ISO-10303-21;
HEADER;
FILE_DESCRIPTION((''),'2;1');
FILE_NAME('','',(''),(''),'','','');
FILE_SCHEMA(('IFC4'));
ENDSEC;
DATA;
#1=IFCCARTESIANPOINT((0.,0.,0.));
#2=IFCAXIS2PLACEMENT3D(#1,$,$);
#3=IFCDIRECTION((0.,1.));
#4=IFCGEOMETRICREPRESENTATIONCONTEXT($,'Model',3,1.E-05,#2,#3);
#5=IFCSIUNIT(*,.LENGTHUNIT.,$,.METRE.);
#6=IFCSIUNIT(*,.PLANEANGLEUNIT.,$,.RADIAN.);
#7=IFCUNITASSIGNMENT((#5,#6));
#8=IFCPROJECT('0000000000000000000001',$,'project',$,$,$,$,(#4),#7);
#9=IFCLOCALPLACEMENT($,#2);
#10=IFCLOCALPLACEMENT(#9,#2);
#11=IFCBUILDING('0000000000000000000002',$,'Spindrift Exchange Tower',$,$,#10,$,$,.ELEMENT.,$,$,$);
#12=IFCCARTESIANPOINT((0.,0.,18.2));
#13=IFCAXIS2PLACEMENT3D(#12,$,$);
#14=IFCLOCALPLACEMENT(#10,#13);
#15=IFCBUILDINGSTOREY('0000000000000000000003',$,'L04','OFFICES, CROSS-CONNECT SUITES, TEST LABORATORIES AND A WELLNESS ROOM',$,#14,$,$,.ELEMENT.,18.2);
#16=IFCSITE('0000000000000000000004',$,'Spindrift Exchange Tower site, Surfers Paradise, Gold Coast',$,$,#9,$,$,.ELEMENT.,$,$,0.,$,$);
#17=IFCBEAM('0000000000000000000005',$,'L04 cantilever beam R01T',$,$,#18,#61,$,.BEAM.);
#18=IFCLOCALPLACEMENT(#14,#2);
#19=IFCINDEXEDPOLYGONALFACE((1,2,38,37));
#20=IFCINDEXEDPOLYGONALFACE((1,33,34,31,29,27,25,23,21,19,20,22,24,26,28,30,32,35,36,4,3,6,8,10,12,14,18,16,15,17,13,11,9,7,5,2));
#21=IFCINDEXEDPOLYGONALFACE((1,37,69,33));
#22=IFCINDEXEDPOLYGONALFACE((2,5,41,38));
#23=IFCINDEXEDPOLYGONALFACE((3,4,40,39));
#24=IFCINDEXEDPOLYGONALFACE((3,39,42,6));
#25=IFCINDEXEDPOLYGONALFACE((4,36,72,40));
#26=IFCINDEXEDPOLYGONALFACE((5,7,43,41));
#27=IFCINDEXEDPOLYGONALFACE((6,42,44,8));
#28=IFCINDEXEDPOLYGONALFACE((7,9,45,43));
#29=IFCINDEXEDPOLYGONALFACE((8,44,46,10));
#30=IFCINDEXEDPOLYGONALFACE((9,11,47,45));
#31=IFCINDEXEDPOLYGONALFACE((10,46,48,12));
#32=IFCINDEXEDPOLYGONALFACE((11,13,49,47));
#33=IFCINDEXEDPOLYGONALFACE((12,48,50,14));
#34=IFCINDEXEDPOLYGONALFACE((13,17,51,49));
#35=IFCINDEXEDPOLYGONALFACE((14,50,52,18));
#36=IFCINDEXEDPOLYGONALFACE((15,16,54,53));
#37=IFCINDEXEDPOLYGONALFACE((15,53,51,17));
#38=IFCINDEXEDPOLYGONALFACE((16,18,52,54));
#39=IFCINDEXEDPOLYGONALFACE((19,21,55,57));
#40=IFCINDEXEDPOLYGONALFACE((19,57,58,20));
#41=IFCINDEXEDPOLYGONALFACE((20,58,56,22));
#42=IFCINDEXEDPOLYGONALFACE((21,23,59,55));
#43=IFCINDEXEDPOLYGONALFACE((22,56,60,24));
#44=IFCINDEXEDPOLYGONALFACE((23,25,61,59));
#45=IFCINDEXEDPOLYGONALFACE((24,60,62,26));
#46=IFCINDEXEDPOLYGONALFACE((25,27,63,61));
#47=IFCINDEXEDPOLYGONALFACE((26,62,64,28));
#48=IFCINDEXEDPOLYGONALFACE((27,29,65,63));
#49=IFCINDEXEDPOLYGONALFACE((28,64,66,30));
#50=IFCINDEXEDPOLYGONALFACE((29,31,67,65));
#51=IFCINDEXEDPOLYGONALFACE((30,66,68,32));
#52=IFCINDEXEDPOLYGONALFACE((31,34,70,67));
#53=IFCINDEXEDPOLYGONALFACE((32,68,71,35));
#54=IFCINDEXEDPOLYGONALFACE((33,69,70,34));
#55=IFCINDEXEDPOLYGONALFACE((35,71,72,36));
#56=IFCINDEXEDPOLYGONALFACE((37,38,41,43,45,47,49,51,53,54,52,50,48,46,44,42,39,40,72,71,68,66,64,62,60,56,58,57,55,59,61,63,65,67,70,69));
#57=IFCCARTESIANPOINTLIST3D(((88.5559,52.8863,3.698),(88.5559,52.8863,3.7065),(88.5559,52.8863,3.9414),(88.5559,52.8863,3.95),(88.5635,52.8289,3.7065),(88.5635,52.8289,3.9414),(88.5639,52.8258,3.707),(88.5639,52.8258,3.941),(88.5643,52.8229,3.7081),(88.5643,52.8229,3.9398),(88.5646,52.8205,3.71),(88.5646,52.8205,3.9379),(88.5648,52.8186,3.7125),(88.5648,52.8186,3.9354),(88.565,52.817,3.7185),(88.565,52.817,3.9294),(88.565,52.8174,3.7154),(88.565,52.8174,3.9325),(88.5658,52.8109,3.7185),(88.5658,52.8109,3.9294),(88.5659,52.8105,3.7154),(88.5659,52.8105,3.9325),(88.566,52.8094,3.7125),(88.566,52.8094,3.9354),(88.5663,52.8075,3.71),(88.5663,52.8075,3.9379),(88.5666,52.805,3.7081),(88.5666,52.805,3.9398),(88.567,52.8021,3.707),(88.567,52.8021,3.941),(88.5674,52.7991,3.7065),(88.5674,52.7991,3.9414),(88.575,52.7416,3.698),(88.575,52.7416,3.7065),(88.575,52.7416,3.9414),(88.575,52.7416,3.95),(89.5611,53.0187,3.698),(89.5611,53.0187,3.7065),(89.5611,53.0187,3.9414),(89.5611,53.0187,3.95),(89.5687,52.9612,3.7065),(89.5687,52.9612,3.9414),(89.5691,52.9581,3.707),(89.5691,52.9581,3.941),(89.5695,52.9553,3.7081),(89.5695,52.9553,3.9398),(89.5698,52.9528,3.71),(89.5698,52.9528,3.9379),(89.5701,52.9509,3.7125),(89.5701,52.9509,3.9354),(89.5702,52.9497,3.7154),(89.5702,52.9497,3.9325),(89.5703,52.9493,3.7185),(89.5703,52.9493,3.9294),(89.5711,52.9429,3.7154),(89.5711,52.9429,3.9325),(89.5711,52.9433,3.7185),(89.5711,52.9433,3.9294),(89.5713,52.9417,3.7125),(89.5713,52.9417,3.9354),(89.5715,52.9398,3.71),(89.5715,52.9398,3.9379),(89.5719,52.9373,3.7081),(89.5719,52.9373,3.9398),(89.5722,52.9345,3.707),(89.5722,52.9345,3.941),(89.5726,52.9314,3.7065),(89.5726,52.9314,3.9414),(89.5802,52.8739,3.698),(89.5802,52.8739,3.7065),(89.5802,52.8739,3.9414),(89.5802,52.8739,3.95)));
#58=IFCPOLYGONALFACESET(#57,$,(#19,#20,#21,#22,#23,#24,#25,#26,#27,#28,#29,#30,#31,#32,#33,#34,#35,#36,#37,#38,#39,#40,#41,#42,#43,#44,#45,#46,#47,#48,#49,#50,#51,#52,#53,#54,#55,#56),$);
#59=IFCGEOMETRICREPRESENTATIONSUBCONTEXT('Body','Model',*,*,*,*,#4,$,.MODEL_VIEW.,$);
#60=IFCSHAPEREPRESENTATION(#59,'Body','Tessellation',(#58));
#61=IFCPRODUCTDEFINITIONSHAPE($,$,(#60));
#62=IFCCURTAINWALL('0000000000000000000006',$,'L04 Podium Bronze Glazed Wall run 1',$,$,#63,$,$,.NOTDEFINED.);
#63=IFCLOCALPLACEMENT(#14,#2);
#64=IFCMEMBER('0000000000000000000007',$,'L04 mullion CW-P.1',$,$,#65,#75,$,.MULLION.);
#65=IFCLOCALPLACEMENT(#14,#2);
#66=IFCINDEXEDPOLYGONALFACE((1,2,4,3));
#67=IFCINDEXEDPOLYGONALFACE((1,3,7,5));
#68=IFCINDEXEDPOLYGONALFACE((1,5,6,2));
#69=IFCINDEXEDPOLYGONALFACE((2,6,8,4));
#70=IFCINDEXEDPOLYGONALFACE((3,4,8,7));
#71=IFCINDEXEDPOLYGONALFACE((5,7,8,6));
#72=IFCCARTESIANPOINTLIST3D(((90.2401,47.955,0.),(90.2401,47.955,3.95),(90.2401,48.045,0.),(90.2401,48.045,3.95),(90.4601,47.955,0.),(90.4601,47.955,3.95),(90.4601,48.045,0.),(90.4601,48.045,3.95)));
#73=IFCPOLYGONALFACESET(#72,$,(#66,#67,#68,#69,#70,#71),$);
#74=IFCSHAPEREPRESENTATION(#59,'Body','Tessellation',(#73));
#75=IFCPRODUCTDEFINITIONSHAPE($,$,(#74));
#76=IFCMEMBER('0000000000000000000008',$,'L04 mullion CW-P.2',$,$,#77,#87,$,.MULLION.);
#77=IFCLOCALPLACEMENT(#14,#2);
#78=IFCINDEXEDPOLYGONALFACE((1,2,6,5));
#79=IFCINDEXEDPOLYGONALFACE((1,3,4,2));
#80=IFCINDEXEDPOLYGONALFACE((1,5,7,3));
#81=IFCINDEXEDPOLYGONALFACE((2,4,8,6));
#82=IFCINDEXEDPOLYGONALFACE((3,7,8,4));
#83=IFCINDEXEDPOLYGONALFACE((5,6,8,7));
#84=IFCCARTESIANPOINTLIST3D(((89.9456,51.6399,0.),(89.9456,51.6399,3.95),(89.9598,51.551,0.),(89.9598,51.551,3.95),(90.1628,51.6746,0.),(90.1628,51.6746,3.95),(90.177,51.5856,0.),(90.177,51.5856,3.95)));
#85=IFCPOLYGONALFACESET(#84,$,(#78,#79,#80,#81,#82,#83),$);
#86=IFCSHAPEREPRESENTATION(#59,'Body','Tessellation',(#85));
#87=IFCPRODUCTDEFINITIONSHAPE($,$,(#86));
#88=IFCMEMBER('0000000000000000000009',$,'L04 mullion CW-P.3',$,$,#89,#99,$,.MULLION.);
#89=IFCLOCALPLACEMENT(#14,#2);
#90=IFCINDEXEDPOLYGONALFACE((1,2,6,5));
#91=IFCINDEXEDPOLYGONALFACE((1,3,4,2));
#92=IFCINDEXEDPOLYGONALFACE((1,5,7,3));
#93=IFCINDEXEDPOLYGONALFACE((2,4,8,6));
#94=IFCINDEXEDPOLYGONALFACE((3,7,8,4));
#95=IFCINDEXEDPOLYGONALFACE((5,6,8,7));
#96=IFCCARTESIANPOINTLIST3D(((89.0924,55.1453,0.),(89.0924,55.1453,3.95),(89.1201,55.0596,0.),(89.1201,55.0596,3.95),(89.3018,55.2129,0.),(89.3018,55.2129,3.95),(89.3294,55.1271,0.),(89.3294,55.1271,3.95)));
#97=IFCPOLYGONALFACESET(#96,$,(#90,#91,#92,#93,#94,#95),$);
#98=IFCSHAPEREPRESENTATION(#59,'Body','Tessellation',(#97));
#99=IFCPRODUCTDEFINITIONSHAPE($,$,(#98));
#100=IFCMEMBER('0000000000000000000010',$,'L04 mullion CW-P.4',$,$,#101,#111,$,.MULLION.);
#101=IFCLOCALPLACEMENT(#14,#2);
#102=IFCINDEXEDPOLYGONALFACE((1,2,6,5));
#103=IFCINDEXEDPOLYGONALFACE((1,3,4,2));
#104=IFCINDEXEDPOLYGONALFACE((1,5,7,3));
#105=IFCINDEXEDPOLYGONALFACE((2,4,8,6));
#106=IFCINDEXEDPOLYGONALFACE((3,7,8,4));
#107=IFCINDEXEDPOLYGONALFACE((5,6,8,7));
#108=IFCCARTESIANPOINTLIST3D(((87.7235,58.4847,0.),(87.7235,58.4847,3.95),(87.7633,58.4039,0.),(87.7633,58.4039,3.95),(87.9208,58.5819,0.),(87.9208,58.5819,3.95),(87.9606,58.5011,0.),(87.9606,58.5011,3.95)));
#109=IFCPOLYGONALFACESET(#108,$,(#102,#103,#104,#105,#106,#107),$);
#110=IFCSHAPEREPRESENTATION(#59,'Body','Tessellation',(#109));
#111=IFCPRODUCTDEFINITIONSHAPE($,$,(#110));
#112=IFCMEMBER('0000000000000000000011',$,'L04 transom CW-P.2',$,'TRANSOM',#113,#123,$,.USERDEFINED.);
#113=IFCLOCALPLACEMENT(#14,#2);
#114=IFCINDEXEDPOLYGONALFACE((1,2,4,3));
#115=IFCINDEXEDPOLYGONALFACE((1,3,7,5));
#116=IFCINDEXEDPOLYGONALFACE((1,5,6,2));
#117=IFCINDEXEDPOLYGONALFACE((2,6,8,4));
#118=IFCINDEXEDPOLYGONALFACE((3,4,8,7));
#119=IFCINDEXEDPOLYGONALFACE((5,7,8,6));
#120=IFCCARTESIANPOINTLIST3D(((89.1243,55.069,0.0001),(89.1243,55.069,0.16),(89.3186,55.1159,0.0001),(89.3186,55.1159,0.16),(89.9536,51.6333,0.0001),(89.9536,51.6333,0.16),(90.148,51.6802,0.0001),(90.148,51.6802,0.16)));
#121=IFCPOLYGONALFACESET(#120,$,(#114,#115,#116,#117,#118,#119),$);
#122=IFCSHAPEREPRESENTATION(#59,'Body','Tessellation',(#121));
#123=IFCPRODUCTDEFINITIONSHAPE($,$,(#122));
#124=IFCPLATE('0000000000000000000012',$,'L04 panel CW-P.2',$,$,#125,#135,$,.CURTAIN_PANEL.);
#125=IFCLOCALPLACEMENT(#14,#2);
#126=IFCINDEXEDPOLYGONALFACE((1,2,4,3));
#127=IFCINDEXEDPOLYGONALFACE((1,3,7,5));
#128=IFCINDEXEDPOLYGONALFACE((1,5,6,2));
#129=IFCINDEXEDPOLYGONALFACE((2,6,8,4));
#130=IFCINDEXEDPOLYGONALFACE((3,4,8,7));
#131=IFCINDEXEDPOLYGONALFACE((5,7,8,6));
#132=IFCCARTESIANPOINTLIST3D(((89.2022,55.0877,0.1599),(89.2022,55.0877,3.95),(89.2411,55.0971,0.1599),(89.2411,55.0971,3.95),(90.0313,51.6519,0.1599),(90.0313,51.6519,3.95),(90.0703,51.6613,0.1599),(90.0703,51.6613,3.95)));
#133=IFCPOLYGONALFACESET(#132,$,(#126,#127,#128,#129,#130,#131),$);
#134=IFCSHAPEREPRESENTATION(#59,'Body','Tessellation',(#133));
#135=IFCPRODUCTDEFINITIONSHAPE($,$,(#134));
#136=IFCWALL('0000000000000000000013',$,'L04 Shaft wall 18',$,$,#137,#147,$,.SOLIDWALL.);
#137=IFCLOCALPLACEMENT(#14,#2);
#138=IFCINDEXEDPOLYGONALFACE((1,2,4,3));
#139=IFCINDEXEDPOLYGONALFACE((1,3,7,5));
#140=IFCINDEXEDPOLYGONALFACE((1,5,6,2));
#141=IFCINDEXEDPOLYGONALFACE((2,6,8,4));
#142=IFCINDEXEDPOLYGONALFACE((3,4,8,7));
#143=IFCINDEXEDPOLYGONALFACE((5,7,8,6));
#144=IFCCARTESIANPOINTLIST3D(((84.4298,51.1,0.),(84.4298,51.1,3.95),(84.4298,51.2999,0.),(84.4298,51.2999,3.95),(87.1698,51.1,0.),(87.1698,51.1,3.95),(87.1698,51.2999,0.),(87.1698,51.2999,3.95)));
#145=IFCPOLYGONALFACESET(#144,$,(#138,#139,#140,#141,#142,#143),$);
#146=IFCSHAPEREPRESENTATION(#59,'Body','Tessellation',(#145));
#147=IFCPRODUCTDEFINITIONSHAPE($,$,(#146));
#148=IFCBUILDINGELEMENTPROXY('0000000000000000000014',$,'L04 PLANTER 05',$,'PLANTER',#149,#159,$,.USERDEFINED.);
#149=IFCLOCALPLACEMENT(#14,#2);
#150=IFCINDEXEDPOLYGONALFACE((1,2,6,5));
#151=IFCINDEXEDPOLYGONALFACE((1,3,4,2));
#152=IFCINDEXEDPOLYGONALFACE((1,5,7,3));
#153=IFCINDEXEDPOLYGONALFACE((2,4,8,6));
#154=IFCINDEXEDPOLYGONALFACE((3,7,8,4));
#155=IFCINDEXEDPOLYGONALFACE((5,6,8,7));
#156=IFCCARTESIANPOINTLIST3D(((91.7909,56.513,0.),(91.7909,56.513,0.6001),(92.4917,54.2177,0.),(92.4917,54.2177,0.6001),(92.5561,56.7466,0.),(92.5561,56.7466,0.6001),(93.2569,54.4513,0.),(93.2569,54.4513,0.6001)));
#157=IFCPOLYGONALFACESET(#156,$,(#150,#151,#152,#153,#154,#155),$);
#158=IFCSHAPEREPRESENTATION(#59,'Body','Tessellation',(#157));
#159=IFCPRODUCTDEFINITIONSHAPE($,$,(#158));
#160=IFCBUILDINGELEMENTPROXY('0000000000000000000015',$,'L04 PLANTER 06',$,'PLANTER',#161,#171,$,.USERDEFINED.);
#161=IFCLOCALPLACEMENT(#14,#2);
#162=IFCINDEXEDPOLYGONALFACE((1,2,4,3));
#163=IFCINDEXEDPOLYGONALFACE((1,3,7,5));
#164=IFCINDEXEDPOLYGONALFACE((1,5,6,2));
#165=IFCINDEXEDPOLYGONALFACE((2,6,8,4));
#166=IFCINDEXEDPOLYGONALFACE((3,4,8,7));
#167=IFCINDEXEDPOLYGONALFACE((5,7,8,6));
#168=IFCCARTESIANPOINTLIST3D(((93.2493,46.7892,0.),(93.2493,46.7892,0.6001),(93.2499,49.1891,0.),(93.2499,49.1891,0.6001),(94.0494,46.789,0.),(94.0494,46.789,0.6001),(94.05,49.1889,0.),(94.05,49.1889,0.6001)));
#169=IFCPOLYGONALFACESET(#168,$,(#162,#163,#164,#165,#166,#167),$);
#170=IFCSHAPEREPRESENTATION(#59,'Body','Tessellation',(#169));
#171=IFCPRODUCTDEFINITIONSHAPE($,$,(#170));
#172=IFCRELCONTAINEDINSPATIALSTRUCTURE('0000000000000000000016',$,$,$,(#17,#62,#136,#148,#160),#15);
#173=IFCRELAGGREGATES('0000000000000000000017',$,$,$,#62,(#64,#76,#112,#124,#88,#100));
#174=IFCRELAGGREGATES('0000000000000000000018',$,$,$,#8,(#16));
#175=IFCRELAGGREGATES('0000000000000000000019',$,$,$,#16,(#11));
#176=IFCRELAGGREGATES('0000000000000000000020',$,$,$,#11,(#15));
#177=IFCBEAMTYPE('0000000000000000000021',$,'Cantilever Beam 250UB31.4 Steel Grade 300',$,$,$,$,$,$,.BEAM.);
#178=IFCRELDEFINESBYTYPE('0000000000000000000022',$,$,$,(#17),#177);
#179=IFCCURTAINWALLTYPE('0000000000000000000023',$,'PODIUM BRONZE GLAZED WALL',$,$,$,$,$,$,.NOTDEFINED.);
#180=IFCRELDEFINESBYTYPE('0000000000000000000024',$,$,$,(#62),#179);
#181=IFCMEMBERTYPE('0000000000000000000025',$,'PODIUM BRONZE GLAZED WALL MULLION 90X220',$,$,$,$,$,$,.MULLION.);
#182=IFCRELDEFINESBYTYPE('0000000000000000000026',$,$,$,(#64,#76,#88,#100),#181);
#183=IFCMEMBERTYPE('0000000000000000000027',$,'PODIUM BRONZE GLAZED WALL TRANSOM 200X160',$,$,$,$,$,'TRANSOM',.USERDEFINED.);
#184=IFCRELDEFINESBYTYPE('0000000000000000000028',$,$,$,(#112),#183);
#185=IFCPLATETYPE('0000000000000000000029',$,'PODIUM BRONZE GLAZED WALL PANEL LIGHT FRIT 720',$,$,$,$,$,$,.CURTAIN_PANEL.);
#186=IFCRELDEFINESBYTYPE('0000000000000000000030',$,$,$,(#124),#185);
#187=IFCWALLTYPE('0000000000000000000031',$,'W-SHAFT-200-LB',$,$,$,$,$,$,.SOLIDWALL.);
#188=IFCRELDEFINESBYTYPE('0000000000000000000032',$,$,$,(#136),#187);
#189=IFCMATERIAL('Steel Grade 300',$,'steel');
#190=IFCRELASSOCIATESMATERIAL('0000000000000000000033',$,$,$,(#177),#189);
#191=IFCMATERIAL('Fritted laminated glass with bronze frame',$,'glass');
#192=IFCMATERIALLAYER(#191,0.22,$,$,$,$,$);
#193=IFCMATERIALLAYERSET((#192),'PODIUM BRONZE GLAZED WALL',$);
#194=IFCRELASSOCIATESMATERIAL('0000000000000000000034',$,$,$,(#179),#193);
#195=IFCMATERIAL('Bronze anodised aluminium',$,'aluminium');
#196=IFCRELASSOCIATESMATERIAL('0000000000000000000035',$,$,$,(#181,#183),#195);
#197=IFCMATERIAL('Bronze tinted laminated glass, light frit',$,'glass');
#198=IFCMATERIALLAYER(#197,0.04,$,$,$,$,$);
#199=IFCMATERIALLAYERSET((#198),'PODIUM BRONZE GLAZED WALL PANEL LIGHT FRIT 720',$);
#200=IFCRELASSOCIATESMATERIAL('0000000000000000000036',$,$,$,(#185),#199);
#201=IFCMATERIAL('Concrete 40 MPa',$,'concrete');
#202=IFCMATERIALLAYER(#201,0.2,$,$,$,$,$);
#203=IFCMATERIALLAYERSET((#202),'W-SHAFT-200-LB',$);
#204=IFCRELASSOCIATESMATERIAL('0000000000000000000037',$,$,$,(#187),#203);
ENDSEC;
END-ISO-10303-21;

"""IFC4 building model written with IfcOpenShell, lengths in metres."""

from ifc_helpers import new_model, si_unit, direction, frame, frame_2d, origin, origin_2d, place, context, subcontext, project, spatial, rectangle, i_section, extrude, source, transform, mapped, material, layer, layer_set, material_profile, profile_set, type_object, element, aggregate, save


model = new_model("IFC4")

# Units and contexts
model_context = context("Model", 3, precision=1e-05, world=origin(), true_north=direction((0.0, 1.0)))
body_context = subcontext(model_context, "Body", "Model", "MODEL_VIEW")
ifc_project = project(units=[si_unit("LENGTHUNIT", "METRE"), si_unit("PLANEANGLEUNIT", "RADIAN")], contexts=[model_context])

# Site, building, storey
site_placement = place(None, origin())
site = spatial("IfcSite", under=ifc_project, at=site_placement, Name="Spindrift Exchange Tower site, Surfers Paradise, Gold Coast", CompositionType="ELEMENT", RefElevation=0.0)
building_placement = place(site_placement, origin())
building = spatial("IfcBuilding", under=site, at=building_placement, Name="Spindrift Exchange Tower", CompositionType="ELEMENT")
storey_placement = place(building_placement, frame((0.0, 0.0, 18.2)))
storey = spatial("IfcBuildingStorey", under=building, at=storey_placement, Name="L04", Description="OFFICES, CROSS-CONNECT SUITES, TEST LABORATORIES AND A WELLNESS ROOM", CompositionType="ELEMENT", Elevation=18.2)

# Beam
ifc_material_1 = material(Name="Steel Grade 300", Category="steel")
ifc_material_profile_1 = material_profile(ifc_material_1, i_section(OverallWidth=0.146, OverallDepth=0.252, WebThickness=0.0061, FlangeThickness=0.0085, FilletRadius=0.012, at=origin_2d()), Name="250UB31.4")
ifc_profile_set_1 = profile_set([ifc_material_profile_1], Name="Steel Grade 300")
beam_type_1 = type_object("IfcBeamType", Name="Cantilever Beam 250UB31.4 Steel Grade 300", PredefinedType="BEAM", material=ifc_profile_set_1)
shared_shape_1 = source(origin(), body_context, "Body", "SweptSolid", [
    extrude(i_section(OverallWidth=0.146, OverallDepth=0.252, WebThickness=0.0061, FlangeThickness=0.0085, FilletRadius=0.012, at=origin_2d()), origin(), (0.0, 0.0, 1.0), 1.0139),
])
beam_1_placement = place(storey_placement, frame((88.5654, 52.814, 3.824), z_axis=(0.991445, 0.130523, 0.0), x_axis=(-0.130523, 0.991445, 0.0)))
element("IfcBeam", 1, at=beam_1_placement, inside=storey, type_object=beam_type_1, Name="L04 cantilever beam R01T", PredefinedType="BEAM", context=body_context, shape_type="MappedRepresentation", body=[
    mapped(shared_shape_1, transform((0.0, 0.0, 0.0), scale=1.0)),
])

# Curtain wall, members, plate
ifc_material_2 = material(Name="Fritted laminated glass with bronze frame", Category="glass")
ifc_layer_1 = layer(ifc_material_2, 0.22)
ifc_layer_set_1 = layer_set([ifc_layer_1], Name="PODIUM BRONZE GLAZED WALL")
curtain_wall_type = type_object("IfcCurtainWallType", Name="PODIUM BRONZE GLAZED WALL", PredefinedType="NOTDEFINED", material=ifc_layer_set_1)
curtain_wall_placement = place(storey_placement, origin())
curtain_wall = element("IfcCurtainWall", 2, at=curtain_wall_placement, inside=storey, type_object=curtain_wall_type, Name="L04 Podium Bronze Glazed Wall run 1", PredefinedType="NOTDEFINED")
ifc_material_3 = material(Name="Bronze anodised aluminium", Category="aluminium")
ifc_material_profile_2 = material_profile(ifc_material_3, rectangle(XDim=0.0901, YDim=0.22, at=origin_2d()), Name="PODIUM BRONZE GLAZED WALL MULLION 90X220")
ifc_profile_set_2 = profile_set([ifc_material_profile_2], Name="Bronze anodised aluminium")
member_type_1 = type_object("IfcMemberType", Name="PODIUM BRONZE GLAZED WALL MULLION 90X220", PredefinedType="MULLION", material=ifc_profile_set_2)
shared_shape_2 = source(origin(), body_context, "Body", "SweptSolid", [
    extrude(rectangle(XDim=0.0901, YDim=0.22, at=origin_2d()), origin(), (0.0, 0.0, 1.0), 3.95),
])
member_1_placement = place(storey_placement, frame((90.3501, 48.0, 0.0), z_axis=(0.0, 0.0, 1.0), x_axis=(0.0, 1.0, 0.0)))
member_1 = element("IfcMember", 3, at=member_1_placement, type_object=member_type_1, Name="L04 mullion CW-P.1", PredefinedType="MULLION", context=body_context, shape_type="MappedRepresentation", body=[
    mapped(shared_shape_2, transform((0.0, 0.0, 0.0), scale=1.0)),
])
member_2_placement = place(storey_placement, frame((90.0613, 51.6128, 0.0), z_axis=(0.0, 0.0, 1.0), x_axis=(-0.15761, 0.987501, 0.0)))
member_2 = element("IfcMember", 4, at=member_2_placement, type_object=member_type_1, Name="L04 mullion CW-P.2", PredefinedType="MULLION", context=body_context, shape_type="MappedRepresentation", body=[
    mapped(shared_shape_2, transform((0.0, 0.0, 0.0), scale=1.0)),
])
member_3_placement = place(storey_placement, frame((89.2109, 55.1362, 0.0), z_axis=(0.0, 0.0, 1.0), x_axis=(-0.306991, 0.951712, 0.0)))
member_3 = element("IfcMember", 5, at=member_3_placement, type_object=member_type_1, Name="L04 mullion CW-P.3", PredefinedType="MULLION", context=body_context, shape_type="MappedRepresentation", body=[
    mapped(shared_shape_2, transform((0.0, 0.0, 0.0), scale=1.0)),
])
member_4_placement = place(storey_placement, frame((87.842, 58.4929, 0.0), z_axis=(0.0, 0.0, 1.0), x_axis=(-0.441893, 0.897068, 0.0)))
member_4 = element("IfcMember", 6, at=member_4_placement, type_object=member_type_1, Name="L04 mullion CW-P.4", PredefinedType="MULLION", context=body_context, shape_type="MappedRepresentation", body=[
    mapped(shared_shape_2, transform((0.0, 0.0, 0.0), scale=1.0)),
])
ifc_material_profile_3 = material_profile(ifc_material_3, rectangle(XDim=0.2, YDim=0.1599, at=origin_2d()), Name="PODIUM BRONZE GLAZED WALL TRANSOM 200X160")
ifc_profile_set_3 = profile_set([ifc_material_profile_3], Name="Bronze anodised aluminium")
member_type_2 = type_object("IfcMemberType", Name="PODIUM BRONZE GLAZED WALL TRANSOM 200X160", ElementType="TRANSOM", PredefinedType="USERDEFINED", material=ifc_profile_set_3)
shared_shape_3 = source(origin(), body_context, "Body", "SweptSolid", [
    extrude(rectangle(XDim=0.2, YDim=0.1599, at=origin_2d()), origin(), (0.0, 0.0, 1.0), 3.5344),
])
member_5_placement = place(storey_placement, frame((90.0508, 51.6567, 0.0801), z_axis=(-0.234645, 0.972081, 0.0), x_axis=(-0.972081, -0.234645, 0.0)))
member_5 = element("IfcMember", 7, at=member_5_placement, type_object=member_type_2, Name="L04 transom CW-P.2", ObjectType="TRANSOM", PredefinedType="USERDEFINED", context=body_context, shape_type="MappedRepresentation", body=[
    mapped(shared_shape_3, transform((0.0, 0.0, 0.0), scale=1.0)),
])
ifc_material_4 = material(Name="Bronze tinted laminated glass, light frit", Category="glass")
ifc_layer_2 = layer(ifc_material_4, 0.04)
ifc_layer_set_2 = layer_set([ifc_layer_2], Name="PODIUM BRONZE GLAZED WALL PANEL LIGHT FRIT 720")
plate_type = type_object("IfcPlateType", Name="PODIUM BRONZE GLAZED WALL PANEL LIGHT FRIT 720", PredefinedType="CURTAIN_PANEL", material=ifc_layer_set_2)
shared_shape_4 = source(origin(), body_context, "Body", "SweptSolid", [
    extrude(rectangle(XDim=3.5344, YDim=0.04, at=origin_2d()), origin(), (0.0, 0.0, 1.0), 3.79),
])
plate_placement = place(storey_placement, frame((89.6362, 53.3745, 0.1599), z_axis=(0.0, 0.0, 1.0), x_axis=(-0.234594, 0.972093, 0.0)))
plate = element("IfcPlate", 8, at=plate_placement, type_object=plate_type, Name="L04 panel CW-P.2", PredefinedType="CURTAIN_PANEL", context=body_context, shape_type="MappedRepresentation", body=[
    mapped(shared_shape_4, transform((0.0, 0.0, 0.0), scale=1.0)),
])
aggregate(curtain_wall, [member_1, member_2, member_5, plate, member_3, member_4])

# Wall
ifc_material_5 = material(Name="Concrete 40 MPa", Category="concrete")
ifc_layer_3 = layer(ifc_material_5, 0.2)
ifc_layer_set_3 = layer_set([ifc_layer_3], Name="W-SHAFT-200-LB")
wall_type_1 = type_object("IfcWallType", Name="W-SHAFT-200-LB", PredefinedType="SOLIDWALL", material=ifc_layer_set_3)
wall_1_placement = place(storey_placement, frame((87.1699, 51.2, 0.0), z_axis=(0.0, 0.0, 1.0), x_axis=(-1.0, 0.0, 0.0)))
element("IfcWall", 9, at=wall_1_placement, inside=storey, type_object=wall_type_1, Name="L04 Shaft wall 18", PredefinedType="SOLIDWALL", context=body_context, shape_type="SweptSolid", body=[
    extrude(rectangle(XDim=2.74, YDim=0.2, at=frame_2d((1.3701, 0.0))), origin(), (0.0, 0.0, 1.0), 3.95),
])

# Building element proxies
shared_shape_5 = source(origin(), body_context, "Body", "SweptSolid", [
    extrude(rectangle(XDim=2.3999, YDim=0.8, at=origin_2d()), origin(), (0.0, 0.0, 1.0), 0.6001),
])
for number, where, z_axis, x_axis, name in (
    (10, (92.5239, 55.4822, 0.0), (0.0, 0.0, 1.0), (0.291999, -0.956418, 0.0), "L04 PLANTER 05"),
    (11, (93.6497, 47.989, 0.0), (0.0, 0.0, 1.0), (-0.000257, -1.0, 0.0), "L04 PLANTER 06"),
):
    element("IfcBuildingElementProxy", number, at=place(storey_placement, frame(where, z_axis=z_axis, x_axis=x_axis)), inside=storey, Name=name, ObjectType="PLANTER", PredefinedType="USERDEFINED", context=body_context, shape_type="MappedRepresentation", body=[
        mapped(shared_shape_5, transform((0.0, 0.0, 0.0), scale=1.0)),
    ])

save(model, "model.ifc")
